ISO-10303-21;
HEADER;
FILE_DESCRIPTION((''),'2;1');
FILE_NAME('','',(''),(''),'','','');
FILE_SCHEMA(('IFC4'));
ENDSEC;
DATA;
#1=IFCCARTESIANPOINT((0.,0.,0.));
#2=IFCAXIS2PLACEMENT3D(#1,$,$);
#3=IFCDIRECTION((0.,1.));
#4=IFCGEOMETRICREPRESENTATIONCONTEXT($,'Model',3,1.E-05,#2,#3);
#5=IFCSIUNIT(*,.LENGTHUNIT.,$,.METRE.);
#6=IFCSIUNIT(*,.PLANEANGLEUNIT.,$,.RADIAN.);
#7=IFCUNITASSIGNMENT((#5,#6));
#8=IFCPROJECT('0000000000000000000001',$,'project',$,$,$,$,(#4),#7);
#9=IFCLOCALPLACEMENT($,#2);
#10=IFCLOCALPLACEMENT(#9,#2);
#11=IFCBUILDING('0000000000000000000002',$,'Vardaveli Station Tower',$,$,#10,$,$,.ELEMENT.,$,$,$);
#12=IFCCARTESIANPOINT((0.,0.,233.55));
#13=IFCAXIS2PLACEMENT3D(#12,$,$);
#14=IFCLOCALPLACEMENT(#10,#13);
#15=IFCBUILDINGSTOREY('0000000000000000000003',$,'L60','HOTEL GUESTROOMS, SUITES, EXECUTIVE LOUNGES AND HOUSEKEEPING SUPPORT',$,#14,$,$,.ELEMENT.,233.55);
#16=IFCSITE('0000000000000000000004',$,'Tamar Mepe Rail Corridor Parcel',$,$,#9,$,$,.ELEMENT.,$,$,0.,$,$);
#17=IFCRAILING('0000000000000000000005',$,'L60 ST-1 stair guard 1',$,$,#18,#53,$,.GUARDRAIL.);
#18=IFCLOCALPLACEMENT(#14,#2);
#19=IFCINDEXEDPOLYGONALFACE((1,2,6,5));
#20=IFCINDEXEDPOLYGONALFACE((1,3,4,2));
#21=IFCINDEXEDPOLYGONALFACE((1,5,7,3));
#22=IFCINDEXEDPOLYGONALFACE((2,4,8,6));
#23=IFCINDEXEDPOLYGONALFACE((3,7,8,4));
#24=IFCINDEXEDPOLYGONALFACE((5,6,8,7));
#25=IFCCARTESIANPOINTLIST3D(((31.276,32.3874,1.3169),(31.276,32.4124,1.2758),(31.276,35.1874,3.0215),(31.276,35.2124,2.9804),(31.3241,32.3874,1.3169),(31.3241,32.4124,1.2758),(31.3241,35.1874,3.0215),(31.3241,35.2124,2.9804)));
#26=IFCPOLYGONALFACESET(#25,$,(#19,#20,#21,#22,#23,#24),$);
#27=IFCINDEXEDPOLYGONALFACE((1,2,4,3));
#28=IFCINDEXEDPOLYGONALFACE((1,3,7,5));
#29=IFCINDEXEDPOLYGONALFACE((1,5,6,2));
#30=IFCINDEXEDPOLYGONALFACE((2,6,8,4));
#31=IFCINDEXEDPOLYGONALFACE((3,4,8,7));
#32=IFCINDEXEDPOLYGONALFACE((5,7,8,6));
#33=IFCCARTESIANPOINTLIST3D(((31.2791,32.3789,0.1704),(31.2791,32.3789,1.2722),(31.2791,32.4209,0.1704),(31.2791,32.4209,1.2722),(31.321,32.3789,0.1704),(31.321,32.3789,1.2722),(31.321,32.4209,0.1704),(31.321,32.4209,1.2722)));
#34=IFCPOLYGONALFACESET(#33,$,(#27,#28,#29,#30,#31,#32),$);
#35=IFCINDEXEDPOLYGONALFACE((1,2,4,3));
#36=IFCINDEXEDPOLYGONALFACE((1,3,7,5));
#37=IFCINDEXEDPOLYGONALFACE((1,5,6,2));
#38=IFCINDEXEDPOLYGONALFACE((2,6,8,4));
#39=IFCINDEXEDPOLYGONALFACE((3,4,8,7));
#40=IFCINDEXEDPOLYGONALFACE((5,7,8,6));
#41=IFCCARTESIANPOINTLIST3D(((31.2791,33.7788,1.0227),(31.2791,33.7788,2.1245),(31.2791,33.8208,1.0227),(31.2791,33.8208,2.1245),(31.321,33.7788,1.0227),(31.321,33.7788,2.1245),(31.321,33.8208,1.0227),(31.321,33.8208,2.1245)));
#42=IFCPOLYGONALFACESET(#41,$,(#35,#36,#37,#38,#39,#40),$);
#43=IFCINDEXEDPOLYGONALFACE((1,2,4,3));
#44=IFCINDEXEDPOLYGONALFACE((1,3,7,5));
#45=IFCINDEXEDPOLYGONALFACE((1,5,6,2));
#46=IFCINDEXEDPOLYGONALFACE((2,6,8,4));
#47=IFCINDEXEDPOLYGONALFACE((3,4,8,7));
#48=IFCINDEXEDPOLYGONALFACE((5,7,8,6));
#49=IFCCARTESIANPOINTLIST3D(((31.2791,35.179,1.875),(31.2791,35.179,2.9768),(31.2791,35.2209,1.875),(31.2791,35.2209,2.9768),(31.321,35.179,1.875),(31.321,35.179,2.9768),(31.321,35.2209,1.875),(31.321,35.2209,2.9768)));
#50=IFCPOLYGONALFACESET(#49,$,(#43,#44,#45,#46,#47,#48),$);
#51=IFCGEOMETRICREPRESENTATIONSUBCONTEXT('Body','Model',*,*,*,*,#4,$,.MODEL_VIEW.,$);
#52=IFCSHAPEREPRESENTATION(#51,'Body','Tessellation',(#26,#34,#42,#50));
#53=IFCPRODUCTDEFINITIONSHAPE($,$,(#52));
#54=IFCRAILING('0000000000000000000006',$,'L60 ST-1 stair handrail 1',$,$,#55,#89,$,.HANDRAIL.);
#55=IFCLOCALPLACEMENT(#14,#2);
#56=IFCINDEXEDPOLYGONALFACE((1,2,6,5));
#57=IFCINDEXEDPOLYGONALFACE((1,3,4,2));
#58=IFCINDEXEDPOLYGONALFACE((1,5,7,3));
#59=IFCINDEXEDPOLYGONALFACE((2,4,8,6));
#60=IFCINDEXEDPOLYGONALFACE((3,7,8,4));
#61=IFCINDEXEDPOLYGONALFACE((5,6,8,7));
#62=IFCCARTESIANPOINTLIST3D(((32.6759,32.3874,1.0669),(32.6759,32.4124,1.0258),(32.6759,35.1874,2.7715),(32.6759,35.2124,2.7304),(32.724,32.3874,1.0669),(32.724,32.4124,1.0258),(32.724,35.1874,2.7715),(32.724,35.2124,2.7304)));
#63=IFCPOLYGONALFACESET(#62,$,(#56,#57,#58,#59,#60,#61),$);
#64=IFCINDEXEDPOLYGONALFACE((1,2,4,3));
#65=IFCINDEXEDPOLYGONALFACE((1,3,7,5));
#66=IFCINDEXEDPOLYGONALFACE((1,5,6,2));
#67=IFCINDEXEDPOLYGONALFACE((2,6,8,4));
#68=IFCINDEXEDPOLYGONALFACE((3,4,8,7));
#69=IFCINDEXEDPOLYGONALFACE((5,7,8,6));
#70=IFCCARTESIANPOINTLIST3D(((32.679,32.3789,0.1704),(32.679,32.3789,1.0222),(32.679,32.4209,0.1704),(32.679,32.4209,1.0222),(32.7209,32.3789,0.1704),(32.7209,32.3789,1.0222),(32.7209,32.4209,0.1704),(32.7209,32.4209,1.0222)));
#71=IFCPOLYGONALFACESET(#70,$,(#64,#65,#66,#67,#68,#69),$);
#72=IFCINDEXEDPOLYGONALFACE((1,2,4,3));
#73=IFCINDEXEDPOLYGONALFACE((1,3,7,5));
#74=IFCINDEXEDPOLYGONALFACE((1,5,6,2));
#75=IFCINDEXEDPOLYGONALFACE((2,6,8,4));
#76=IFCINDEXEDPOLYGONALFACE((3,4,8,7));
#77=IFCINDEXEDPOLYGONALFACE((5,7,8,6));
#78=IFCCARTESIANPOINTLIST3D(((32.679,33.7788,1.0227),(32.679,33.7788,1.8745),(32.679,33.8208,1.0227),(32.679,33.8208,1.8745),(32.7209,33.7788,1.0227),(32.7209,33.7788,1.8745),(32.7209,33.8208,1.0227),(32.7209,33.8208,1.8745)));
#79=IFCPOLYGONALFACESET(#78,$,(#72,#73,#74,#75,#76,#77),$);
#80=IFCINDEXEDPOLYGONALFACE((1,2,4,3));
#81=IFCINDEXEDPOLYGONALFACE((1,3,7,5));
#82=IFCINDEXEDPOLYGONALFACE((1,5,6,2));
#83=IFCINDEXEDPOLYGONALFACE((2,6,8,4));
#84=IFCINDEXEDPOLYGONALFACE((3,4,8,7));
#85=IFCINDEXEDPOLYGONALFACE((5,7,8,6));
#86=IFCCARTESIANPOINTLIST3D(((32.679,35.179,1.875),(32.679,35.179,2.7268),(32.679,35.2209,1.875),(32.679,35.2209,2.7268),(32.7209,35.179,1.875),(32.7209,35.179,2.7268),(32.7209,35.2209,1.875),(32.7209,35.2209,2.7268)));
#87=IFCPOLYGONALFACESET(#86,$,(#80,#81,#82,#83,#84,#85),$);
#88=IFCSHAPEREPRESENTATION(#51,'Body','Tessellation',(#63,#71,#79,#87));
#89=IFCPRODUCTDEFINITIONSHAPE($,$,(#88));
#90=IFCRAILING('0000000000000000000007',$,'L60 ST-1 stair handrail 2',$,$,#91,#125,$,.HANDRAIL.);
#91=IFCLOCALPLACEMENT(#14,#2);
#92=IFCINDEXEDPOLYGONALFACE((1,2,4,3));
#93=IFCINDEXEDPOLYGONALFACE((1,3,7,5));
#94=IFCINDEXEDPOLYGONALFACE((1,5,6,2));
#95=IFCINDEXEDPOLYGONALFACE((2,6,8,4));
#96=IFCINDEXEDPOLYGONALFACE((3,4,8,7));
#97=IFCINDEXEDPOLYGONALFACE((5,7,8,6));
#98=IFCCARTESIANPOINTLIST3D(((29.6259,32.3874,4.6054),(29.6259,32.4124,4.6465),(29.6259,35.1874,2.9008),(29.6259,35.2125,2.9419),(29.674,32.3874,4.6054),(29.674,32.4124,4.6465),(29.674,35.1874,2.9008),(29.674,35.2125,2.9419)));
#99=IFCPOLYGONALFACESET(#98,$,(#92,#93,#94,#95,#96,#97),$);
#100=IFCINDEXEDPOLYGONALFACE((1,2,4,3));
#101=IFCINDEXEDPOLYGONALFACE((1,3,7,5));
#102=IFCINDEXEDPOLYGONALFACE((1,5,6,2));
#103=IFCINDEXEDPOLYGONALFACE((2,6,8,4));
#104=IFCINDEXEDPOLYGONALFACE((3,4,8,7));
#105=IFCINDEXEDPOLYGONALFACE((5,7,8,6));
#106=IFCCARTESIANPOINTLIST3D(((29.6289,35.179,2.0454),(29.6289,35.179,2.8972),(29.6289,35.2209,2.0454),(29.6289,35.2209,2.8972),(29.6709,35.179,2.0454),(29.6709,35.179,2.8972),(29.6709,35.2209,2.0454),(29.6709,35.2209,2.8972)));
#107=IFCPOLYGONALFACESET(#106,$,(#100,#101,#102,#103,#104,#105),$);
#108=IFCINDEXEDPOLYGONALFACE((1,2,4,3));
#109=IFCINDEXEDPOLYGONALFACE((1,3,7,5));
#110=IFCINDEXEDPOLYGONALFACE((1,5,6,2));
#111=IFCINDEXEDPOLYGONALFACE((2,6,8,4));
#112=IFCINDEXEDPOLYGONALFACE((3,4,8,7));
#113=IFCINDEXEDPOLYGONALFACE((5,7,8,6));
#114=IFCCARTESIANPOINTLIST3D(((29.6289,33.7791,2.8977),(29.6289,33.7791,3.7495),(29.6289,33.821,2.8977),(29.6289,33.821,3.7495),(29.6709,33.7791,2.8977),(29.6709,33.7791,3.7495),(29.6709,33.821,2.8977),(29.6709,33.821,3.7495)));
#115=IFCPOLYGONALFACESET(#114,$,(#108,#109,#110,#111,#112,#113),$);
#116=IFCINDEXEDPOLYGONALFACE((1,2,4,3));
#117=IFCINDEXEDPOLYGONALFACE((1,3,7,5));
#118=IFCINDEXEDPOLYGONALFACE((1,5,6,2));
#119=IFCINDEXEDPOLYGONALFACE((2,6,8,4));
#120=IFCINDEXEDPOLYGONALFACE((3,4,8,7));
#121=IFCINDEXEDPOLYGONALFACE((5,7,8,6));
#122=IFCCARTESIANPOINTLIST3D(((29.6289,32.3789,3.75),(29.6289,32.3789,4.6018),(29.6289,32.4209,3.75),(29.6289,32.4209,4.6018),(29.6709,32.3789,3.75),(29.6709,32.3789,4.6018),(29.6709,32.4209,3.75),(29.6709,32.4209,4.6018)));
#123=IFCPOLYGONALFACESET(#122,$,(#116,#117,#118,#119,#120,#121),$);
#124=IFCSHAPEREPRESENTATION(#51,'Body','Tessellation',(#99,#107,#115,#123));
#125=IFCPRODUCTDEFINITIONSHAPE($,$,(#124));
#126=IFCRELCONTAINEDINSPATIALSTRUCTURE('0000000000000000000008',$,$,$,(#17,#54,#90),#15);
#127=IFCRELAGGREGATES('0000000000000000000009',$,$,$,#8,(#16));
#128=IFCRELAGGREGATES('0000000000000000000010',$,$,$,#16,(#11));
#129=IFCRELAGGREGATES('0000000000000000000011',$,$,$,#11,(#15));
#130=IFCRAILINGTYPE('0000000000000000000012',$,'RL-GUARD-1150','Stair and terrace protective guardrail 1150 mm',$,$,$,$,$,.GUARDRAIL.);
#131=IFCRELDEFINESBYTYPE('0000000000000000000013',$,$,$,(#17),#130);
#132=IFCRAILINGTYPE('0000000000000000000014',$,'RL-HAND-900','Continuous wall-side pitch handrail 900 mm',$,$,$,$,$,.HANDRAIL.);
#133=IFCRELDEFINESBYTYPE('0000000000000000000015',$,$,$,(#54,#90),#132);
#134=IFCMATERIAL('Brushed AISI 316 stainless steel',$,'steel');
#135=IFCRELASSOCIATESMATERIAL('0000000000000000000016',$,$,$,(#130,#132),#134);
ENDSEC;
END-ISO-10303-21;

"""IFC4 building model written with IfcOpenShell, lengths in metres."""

from ifc_helpers import new_model, si_unit, direction, frame, origin, origin_2d, place, context, subcontext, project, spatial, rectangle, extrude, source, transform, mapped, material, type_object, element, save


model = new_model("IFC4")

# Units and contexts
model_context = context("Model", 3, precision=1e-05, world=origin(), true_north=direction((0.0, 1.0)))
body_context = subcontext(model_context, "Body", "Model", "MODEL_VIEW")
ifc_project = project(units=[si_unit("LENGTHUNIT", "METRE"), si_unit("PLANEANGLEUNIT", "RADIAN")], contexts=[model_context])

# Site, building, storey
site_placement = place(None, origin())
site = spatial("IfcSite", under=ifc_project, at=site_placement, Name="Tamar Mepe Rail Corridor Parcel", CompositionType="ELEMENT", RefElevation=0.0)
building_placement = place(site_placement, origin())
building = spatial("IfcBuilding", under=site, at=building_placement, Name="Vardaveli Station Tower", CompositionType="ELEMENT")
storey_placement = place(building_placement, frame((0.0, 0.0, 233.55)))
storey = spatial("IfcBuildingStorey", under=building, at=storey_placement, Name="L60", Description="HOTEL GUESTROOMS, SUITES, EXECUTIVE LOUNGES AND HOUSEKEEPING SUPPORT", CompositionType="ELEMENT", Elevation=233.55)

# Railings
ifc_material_1 = material(Name="Brushed AISI 316 stainless steel", Category="steel")
railing_type_1 = type_object("IfcRailingType", Name="RL-GUARD-1150", Description="Stair and terrace protective guardrail 1150 mm", PredefinedType="GUARDRAIL", material=ifc_material_1)
shared_shape_1 = source(origin(), body_context, "Body", "SweptSolid", [
    extrude(rectangle(XDim=0.0481, YDim=0.0481, at=origin_2d()), frame((0.0, 0.0, 1.126), z_axis=(0.0, 0.85417, 0.519994), x_axis=(-1.0, 0.0, 0.0)), (0.0, 0.0, 1.0), 3.2781),
    extrude(rectangle(XDim=0.042, YDim=0.042, at=origin_2d()), origin(), (0.0, 0.0, 1.0), 1.1018),
    extrude(rectangle(XDim=0.042, YDim=0.042, at=origin_2d()), frame((0.0, 1.3999, 0.8523)), (0.0, 0.0, 1.0), 1.1018),
    extrude(rectangle(XDim=0.042, YDim=0.042, at=origin_2d()), frame((0.0, 2.8, 1.7046)), (0.0, 0.0, 1.0), 1.1018),
])
railing_1_placement = place(storey_placement, frame((31.3, 32.3999, 0.1704)))
element("IfcRailing", 1, at=railing_1_placement, inside=storey, type_object=railing_type_1, Name="L60 ST-1 stair guard 1", PredefinedType="GUARDRAIL", context=body_context, shape_type="MappedRepresentation", body=[
    mapped(shared_shape_1, transform((0.0, 0.0, 0.0), scale=1.0)),
])
railing_type_2 = type_object("IfcRailingType", Name="RL-HAND-900", Description="Continuous wall-side pitch handrail 900 mm", PredefinedType="HANDRAIL", material=ifc_material_1)
shared_shape_2 = source(origin(), body_context, "Body", "SweptSolid", [
    extrude(rectangle(XDim=0.0481, YDim=0.0481, at=origin_2d()), frame((0.0, 0.0, 0.876), z_axis=(0.0, 0.85417, 0.519994), x_axis=(-1.0, 0.0, 0.0)), (0.0, 0.0, 1.0), 3.2781),
    extrude(rectangle(XDim=0.042, YDim=0.042, at=origin_2d()), origin(), (0.0, 0.0, 1.0), 0.8518),
    extrude(rectangle(XDim=0.042, YDim=0.042, at=origin_2d()), frame((0.0, 1.3999, 0.8523)), (0.0, 0.0, 1.0), 0.8518),
    extrude(rectangle(XDim=0.042, YDim=0.042, at=origin_2d()), frame((0.0, 2.8, 1.7046)), (0.0, 0.0, 1.0), 0.8518),
])
railing_2_placement = place(storey_placement, frame((32.7, 32.3999, 0.1704)))
element("IfcRailing", 2, at=railing_2_placement, inside=storey, type_object=railing_type_2, Name="L60 ST-1 stair handrail 1", PredefinedType="HANDRAIL", context=body_context, shape_type="MappedRepresentation", body=[
    mapped(shared_shape_2, transform((0.0, 0.0, 0.0), scale=1.0)),
])
shared_shape_3 = source(origin(), body_context, "Body", "SweptSolid", [
    extrude(rectangle(XDim=0.0481, YDim=0.0481, at=origin_2d()), frame((0.0, 0.0, 0.876), z_axis=(0.0, -0.85417, 0.519994), x_axis=(1.0, 0.0, 0.0)), (0.0, 0.0, 1.0), 3.2781),
    extrude(rectangle(XDim=0.042, YDim=0.042, at=origin_2d()), origin(), (0.0, 0.0, 1.0), 0.8518),
    extrude(rectangle(XDim=0.042, YDim=0.042, at=origin_2d()), frame((0.0, -1.3999, 0.8523)), (0.0, 0.0, 1.0), 0.8518),
    extrude(rectangle(XDim=0.042, YDim=0.042, at=origin_2d()), frame((0.0, -2.8, 1.7046)), (0.0, 0.0, 1.0), 0.8518),
])
railing_3_placement = place(storey_placement, frame((29.6499, 35.2, 2.0454)))
element("IfcRailing", 3, at=railing_3_placement, inside=storey, type_object=railing_type_2, Name="L60 ST-1 stair handrail 2", PredefinedType="HANDRAIL", context=body_context, shape_type="MappedRepresentation", body=[
    mapped(shared_shape_3, transform((0.0, 0.0, 0.0), scale=1.0)),
])

save(model, "model.ifc")
